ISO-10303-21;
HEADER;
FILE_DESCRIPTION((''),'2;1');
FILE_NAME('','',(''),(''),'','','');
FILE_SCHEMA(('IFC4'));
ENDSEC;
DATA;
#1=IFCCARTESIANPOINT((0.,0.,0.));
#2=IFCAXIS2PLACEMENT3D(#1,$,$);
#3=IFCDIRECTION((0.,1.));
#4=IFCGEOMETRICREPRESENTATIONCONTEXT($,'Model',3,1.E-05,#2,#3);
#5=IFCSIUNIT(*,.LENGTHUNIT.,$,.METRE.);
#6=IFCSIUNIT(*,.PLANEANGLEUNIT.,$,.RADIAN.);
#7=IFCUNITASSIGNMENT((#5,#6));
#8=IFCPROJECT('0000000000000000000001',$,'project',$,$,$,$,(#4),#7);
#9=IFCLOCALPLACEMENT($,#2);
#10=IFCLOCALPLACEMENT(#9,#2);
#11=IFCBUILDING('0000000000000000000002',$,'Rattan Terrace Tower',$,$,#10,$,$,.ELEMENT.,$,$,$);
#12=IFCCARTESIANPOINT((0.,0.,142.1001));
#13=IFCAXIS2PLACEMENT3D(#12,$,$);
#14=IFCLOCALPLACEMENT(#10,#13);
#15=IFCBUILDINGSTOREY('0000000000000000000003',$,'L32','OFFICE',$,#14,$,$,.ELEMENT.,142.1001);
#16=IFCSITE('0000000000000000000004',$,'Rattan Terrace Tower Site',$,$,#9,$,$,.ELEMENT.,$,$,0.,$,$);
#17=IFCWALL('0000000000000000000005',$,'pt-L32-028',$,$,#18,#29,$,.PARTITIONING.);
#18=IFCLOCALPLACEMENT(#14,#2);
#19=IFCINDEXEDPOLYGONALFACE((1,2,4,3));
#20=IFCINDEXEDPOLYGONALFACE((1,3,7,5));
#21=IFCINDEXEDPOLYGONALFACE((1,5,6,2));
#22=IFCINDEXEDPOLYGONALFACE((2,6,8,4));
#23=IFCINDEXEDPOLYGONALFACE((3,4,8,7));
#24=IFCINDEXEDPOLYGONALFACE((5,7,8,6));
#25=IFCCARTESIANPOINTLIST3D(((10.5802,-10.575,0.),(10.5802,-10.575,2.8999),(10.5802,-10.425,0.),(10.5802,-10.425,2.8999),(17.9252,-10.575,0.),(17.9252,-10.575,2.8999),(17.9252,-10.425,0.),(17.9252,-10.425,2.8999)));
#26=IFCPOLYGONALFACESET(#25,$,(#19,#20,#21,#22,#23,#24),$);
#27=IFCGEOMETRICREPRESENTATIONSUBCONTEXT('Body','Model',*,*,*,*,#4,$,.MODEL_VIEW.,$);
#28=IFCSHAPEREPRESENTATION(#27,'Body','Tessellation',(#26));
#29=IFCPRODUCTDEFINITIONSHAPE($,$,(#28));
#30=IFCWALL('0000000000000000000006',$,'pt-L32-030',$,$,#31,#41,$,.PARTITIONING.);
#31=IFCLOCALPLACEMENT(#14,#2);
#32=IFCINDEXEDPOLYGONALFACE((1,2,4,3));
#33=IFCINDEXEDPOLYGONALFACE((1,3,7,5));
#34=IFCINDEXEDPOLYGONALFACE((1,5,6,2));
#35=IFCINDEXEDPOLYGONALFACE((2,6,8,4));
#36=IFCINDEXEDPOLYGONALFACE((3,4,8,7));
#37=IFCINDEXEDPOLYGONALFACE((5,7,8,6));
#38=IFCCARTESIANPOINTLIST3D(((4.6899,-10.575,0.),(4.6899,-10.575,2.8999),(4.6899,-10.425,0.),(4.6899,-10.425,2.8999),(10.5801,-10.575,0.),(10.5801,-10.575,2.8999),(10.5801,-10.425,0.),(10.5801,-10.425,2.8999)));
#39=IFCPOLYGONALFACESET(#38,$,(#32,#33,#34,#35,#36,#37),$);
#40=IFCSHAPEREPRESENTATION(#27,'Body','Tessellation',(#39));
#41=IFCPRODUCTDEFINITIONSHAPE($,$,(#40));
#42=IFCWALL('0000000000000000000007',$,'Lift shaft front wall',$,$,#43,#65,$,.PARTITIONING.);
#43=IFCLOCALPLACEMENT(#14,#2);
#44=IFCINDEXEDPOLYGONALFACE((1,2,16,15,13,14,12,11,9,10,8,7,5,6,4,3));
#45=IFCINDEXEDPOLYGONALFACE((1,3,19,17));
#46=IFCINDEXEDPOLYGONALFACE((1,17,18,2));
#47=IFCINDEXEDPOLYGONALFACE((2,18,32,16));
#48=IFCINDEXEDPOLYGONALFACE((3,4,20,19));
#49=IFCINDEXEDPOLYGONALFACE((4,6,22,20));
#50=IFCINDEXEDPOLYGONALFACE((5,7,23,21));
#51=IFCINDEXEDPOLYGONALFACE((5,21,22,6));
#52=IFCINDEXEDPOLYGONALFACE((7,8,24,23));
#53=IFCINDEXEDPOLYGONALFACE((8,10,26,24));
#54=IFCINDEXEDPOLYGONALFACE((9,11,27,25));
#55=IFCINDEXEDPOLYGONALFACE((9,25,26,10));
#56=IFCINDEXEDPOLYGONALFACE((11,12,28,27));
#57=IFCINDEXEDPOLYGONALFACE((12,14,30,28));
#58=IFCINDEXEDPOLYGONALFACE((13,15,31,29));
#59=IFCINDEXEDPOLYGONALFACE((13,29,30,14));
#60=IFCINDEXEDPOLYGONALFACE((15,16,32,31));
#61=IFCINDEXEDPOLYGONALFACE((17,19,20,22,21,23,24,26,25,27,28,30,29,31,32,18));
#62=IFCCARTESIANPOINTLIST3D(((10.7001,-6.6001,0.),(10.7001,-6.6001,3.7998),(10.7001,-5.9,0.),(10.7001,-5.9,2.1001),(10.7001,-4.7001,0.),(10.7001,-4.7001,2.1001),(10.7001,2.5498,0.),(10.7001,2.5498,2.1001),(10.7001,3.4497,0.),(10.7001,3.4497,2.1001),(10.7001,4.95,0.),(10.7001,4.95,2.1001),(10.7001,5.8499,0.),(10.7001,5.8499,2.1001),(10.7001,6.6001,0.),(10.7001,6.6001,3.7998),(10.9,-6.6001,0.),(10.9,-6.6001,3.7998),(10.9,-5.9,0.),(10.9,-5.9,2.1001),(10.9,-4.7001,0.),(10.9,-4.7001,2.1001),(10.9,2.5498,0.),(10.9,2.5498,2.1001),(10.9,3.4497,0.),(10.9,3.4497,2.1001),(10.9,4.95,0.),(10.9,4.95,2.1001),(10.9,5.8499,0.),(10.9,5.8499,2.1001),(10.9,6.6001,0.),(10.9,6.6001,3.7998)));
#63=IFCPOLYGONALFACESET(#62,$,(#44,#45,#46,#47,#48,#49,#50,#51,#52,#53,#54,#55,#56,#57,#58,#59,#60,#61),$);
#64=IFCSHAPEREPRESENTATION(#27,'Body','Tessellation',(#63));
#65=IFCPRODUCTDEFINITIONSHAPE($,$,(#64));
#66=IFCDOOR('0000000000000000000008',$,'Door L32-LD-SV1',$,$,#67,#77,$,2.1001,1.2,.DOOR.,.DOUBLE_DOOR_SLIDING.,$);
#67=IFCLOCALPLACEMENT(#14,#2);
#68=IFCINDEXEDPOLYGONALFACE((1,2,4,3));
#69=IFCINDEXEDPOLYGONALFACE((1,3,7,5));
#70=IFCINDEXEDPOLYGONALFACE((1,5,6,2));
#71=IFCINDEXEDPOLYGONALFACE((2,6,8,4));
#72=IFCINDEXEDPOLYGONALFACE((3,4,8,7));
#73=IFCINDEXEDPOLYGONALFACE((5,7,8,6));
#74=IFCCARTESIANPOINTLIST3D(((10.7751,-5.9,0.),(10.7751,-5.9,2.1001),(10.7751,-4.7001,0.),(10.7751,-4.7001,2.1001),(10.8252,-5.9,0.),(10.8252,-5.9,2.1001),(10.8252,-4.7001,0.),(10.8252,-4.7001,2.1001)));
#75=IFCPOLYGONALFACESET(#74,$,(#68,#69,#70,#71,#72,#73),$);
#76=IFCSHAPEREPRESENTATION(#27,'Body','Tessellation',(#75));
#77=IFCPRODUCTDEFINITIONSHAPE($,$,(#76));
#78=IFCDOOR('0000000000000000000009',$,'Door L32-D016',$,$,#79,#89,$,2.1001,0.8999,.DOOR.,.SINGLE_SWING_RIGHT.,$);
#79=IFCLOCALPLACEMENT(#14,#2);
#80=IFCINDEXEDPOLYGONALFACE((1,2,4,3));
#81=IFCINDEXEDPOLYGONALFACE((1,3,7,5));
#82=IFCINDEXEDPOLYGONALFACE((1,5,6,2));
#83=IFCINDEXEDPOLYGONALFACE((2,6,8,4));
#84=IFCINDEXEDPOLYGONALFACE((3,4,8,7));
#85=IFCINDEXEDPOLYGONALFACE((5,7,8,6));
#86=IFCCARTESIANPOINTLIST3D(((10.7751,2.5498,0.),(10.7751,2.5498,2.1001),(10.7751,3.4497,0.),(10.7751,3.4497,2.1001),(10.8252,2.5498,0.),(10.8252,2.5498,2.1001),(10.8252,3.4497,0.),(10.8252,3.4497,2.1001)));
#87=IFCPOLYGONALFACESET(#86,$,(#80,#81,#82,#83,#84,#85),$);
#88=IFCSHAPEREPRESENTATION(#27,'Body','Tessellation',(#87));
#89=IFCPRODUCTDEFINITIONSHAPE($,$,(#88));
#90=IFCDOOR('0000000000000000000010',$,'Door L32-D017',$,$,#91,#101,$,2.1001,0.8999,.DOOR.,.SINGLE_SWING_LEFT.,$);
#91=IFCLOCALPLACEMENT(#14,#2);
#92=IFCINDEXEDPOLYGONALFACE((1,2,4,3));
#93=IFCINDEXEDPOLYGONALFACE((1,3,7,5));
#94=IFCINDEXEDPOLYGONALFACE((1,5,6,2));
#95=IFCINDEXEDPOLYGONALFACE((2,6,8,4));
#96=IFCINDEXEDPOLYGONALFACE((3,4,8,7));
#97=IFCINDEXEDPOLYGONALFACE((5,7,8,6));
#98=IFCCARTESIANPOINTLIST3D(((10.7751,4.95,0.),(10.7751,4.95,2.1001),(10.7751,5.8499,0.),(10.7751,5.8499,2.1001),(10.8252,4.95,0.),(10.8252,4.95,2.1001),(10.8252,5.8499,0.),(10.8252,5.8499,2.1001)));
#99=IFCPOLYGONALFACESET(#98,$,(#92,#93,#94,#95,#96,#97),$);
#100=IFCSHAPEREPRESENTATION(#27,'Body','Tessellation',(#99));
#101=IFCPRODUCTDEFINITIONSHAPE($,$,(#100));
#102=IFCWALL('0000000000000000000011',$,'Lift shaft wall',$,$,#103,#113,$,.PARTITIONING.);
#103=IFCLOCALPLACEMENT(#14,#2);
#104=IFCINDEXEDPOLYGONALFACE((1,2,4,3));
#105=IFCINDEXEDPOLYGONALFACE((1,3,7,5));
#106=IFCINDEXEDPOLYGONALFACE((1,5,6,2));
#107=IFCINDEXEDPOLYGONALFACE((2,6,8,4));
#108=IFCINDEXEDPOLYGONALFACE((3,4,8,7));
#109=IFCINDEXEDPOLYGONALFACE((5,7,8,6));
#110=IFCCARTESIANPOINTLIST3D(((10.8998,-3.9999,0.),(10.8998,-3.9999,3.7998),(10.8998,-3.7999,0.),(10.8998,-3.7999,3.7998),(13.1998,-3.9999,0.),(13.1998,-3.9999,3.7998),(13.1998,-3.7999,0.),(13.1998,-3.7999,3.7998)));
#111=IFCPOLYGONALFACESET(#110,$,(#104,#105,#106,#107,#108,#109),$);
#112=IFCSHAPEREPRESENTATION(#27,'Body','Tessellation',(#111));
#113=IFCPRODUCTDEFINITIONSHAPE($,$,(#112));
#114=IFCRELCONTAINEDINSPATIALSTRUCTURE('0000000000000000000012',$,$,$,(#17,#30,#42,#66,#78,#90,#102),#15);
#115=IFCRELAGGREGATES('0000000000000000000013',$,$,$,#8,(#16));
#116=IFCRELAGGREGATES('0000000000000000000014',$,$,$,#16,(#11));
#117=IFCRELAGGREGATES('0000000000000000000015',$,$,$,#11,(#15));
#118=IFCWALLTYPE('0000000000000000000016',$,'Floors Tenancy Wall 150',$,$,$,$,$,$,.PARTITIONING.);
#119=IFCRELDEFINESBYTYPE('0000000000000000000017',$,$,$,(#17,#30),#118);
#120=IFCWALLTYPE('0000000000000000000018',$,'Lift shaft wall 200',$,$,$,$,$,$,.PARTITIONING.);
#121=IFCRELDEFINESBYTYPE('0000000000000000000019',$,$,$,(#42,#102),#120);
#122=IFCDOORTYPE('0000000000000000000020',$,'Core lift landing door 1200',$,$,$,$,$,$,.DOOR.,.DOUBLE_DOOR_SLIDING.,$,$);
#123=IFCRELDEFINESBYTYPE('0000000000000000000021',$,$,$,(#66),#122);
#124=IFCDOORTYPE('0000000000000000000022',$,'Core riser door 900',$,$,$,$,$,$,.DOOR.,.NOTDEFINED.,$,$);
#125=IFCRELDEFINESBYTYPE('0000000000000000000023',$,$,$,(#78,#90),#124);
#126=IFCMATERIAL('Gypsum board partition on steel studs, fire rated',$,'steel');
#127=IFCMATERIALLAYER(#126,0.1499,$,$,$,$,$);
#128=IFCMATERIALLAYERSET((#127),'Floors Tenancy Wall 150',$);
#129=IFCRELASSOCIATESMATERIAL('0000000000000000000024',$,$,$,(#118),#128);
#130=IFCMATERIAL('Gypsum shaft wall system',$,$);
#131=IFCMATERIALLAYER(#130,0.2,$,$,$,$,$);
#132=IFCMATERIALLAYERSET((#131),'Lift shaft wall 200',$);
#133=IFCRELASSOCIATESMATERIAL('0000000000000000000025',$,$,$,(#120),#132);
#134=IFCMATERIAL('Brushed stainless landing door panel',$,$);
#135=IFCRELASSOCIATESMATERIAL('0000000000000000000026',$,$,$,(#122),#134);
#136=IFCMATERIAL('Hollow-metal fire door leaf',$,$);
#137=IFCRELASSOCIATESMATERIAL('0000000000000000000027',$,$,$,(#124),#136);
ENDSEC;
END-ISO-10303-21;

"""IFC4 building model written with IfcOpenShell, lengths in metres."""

from ifc_helpers import new_model, si_unit, direction, frame, frame_2d, origin, place, context, subcontext, project, spatial, rectangle, extrude, material, layer, layer_set, type_object, element, fill, save


model = new_model("IFC4")

# Units and contexts
model_context = context("Model", 3, precision=1e-05, world=origin(), true_north=direction((0.0, 1.0)))
body_context = subcontext(model_context, "Body", "Model", "MODEL_VIEW")
ifc_project = project(units=[si_unit("LENGTHUNIT", "METRE"), si_unit("PLANEANGLEUNIT", "RADIAN")], contexts=[model_context])

# Site, building, storey
site_placement = place(None, origin())
site = spatial("IfcSite", under=ifc_project, at=site_placement, Name="Rattan Terrace Tower Site", CompositionType="ELEMENT", RefElevation=0.0)
building_placement = place(site_placement, origin())
building = spatial("IfcBuilding", under=site, at=building_placement, Name="Rattan Terrace Tower", CompositionType="ELEMENT")
storey_placement = place(building_placement, frame((0.0, 0.0, 142.1001)))
storey = spatial("IfcBuildingStorey", under=building, at=storey_placement, Name="L32", Description="OFFICE", CompositionType="ELEMENT", Elevation=142.1001)

# Walls
ifc_material_1 = material(Name="Gypsum board partition on steel studs, fire rated", Category="steel")
ifc_layer_1 = layer(ifc_material_1, 0.1499)
ifc_layer_set_1 = layer_set([ifc_layer_1], Name="Floors Tenancy Wall 150")
wall_type_1 = type_object("IfcWallType", Name="Floors Tenancy Wall 150", PredefinedType="PARTITIONING", material=ifc_layer_set_1)
wall_1_placement = place(storey_placement, frame((17.925, -10.5, 0.0), z_axis=(0.0, 0.0, 1.0), x_axis=(-1.0, 0.0, 0.0)))
element("IfcWall", 1, at=wall_1_placement, inside=storey, type_object=wall_type_1, Name="pt-L32-028", PredefinedType="PARTITIONING", context=body_context, shape_type="SweptSolid", body=[
    extrude(rectangle(XDim=7.345, YDim=0.1499, at=frame_2d((3.6724, 0.0))), origin(), (0.0, 0.0, 1.0), 2.8999),
])
wall_2_placement = place(storey_placement, frame((10.5801, -10.5, 0.0), z_axis=(0.0, 0.0, 1.0), x_axis=(-1.0, 0.0, 0.0)))
element("IfcWall", 2, at=wall_2_placement, inside=storey, type_object=wall_type_1, Name="pt-L32-030", PredefinedType="PARTITIONING", context=body_context, shape_type="SweptSolid", body=[
    extrude(rectangle(XDim=5.8901, YDim=0.1499, at=frame_2d((2.9451, 0.0))), origin(), (0.0, 0.0, 1.0), 2.8999),
])

# Wall, openings, doors
ifc_material_2 = material(Name="Gypsum shaft wall system")
ifc_layer_2 = layer(ifc_material_2, 0.2)
ifc_layer_set_2 = layer_set([ifc_layer_2], Name="Lift shaft wall 200")
wall_type_2 = type_object("IfcWallType", Name="Lift shaft wall 200", PredefinedType="PARTITIONING", material=ifc_layer_set_2)
wall_3_placement = place(storey_placement, frame((10.8, -6.6001, 0.0), z_axis=(0.0, 0.0, 1.0), x_axis=(0.0, 1.0, 0.0)))
wall_3 = element("IfcWall", 3, at=wall_3_placement, inside=storey, type_object=wall_type_2, Name="Lift shaft front wall", PredefinedType="PARTITIONING", context=body_context, shape_type="SweptSolid", body=[
    extrude(rectangle(XDim=13.2002, YDim=0.2, at=frame_2d((6.6001, 0.0))), origin(), (0.0, 0.0, 1.0), 3.7998),
])
opening_1_placement = place(wall_3_placement, frame((0.7, 0.0, 0.0)))
opening_1 = element("IfcOpeningElement", 4, at=opening_1_placement, cuts=wall_3, PredefinedType="OPENING", context=body_context, shape_type="SweptSolid", body=[
    extrude(rectangle(XDim=1.2, YDim=2.1001, at=frame_2d((0.6001, 1.05))), frame((0.0, 0.1106, 0.0), z_axis=(0.0, -1.0, 0.0), x_axis=(1.0, 0.0, 0.0)), (0.0, 0.0, 1.0), 0.2209),
])
opening_2_placement = place(wall_3_placement, frame((9.1499, 0.0, 0.0)))
opening_2 = element("IfcOpeningElement", 5, at=opening_2_placement, cuts=wall_3, PredefinedType="OPENING", context=body_context, shape_type="SweptSolid", body=[
    extrude(rectangle(XDim=0.8999, YDim=2.1001, at=frame_2d((0.45, 1.05))), frame((0.0, 0.1106, 0.0), z_axis=(0.0, -1.0, 0.0), x_axis=(1.0, 0.0, 0.0)), (0.0, 0.0, 1.0), 0.2209),
])
opening_3_placement = place(wall_3_placement, frame((11.55, 0.0, 0.0)))
opening_3 = element("IfcOpeningElement", 6, at=opening_3_placement, cuts=wall_3, PredefinedType="OPENING", context=body_context, shape_type="SweptSolid", body=[
    extrude(rectangle(XDim=0.8999, YDim=2.1001, at=frame_2d((0.45, 1.05))), frame((0.0, 0.1106, 0.0), z_axis=(0.0, -1.0, 0.0), x_axis=(1.0, 0.0, 0.0)), (0.0, 0.0, 1.0), 0.2209),
])
ifc_material_3 = material(Name="Brushed stainless landing door panel")
door_type_1 = type_object("IfcDoorType", Name="Core lift landing door 1200", OperationType="DOUBLE_DOOR_SLIDING", PredefinedType="DOOR", material=ifc_material_3)
door_1_placement = place(opening_1_placement, origin())
door_1 = element("IfcDoor", 7, at=door_1_placement, inside=storey, type_object=door_type_1, Name="Door L32-LD-SV1", OperationType="DOUBLE_DOOR_SLIDING", OverallHeight=2.1001, OverallWidth=1.2, PredefinedType="DOOR", context=body_context, shape_type="SweptSolid", body=[
    extrude(rectangle(XDim=1.2, YDim=2.1001, at=frame_2d((0.6001, 1.05))), frame((0.0, 0.0249, 0.0), z_axis=(0.0, -1.0, 0.0), x_axis=(1.0, 0.0, 0.0)), (0.0, 0.0, 1.0), 0.05),
])
fill(opening_1, door_1)
ifc_material_4 = material(Name="Hollow-metal fire door leaf")
door_type_2 = type_object("IfcDoorType", Name="Core riser door 900", OperationType="NOTDEFINED", PredefinedType="DOOR", material=ifc_material_4)
door_2_placement = place(opening_2_placement, origin())
door_2 = element("IfcDoor", 8, at=door_2_placement, inside=storey, type_object=door_type_2, Name="Door L32-D016", OperationType="SINGLE_SWING_RIGHT", OverallHeight=2.1001, OverallWidth=0.8999, PredefinedType="DOOR", context=body_context, shape_type="SweptSolid", body=[
    extrude(rectangle(XDim=0.8999, YDim=2.1001, at=frame_2d((0.45, 1.05))), frame((0.0, 0.0249, 0.0), z_axis=(0.0, -1.0, 0.0), x_axis=(1.0, 0.0, 0.0)), (0.0, 0.0, 1.0), 0.05),
])
fill(opening_2, door_2)
door_3_placement = place(opening_3_placement, origin())
door_3 = element("IfcDoor", 9, at=door_3_placement, inside=storey, type_object=door_type_2, Name="Door L32-D017", OperationType="SINGLE_SWING_LEFT", OverallHeight=2.1001, OverallWidth=0.8999, PredefinedType="DOOR", context=body_context, shape_type="SweptSolid", body=[
    extrude(rectangle(XDim=0.8999, YDim=2.1001, at=frame_2d((0.45, 1.05))), frame((0.0, 0.0249, 0.0), z_axis=(0.0, -1.0, 0.0), x_axis=(1.0, 0.0, 0.0)), (0.0, 0.0, 1.0), 0.05),
])
fill(opening_3, door_3)

# Wall
wall_4_placement = place(storey_placement, frame((10.8999, -3.8999, 0.0), z_axis=(0.0, 0.0, 1.0), x_axis=(1.0, 0.0, 0.0)))
element("IfcWall", 10, at=wall_4_placement, inside=storey, type_object=wall_type_2, Name="Lift shaft wall", PredefinedType="PARTITIONING", context=body_context, shape_type="SweptSolid", body=[
    extrude(rectangle(XDim=2.3, YDim=0.2, at=frame_2d((1.1499, 0.0))), origin(), (0.0, 0.0, 1.0), 3.7998),
])

save(model, "model.ifc")
